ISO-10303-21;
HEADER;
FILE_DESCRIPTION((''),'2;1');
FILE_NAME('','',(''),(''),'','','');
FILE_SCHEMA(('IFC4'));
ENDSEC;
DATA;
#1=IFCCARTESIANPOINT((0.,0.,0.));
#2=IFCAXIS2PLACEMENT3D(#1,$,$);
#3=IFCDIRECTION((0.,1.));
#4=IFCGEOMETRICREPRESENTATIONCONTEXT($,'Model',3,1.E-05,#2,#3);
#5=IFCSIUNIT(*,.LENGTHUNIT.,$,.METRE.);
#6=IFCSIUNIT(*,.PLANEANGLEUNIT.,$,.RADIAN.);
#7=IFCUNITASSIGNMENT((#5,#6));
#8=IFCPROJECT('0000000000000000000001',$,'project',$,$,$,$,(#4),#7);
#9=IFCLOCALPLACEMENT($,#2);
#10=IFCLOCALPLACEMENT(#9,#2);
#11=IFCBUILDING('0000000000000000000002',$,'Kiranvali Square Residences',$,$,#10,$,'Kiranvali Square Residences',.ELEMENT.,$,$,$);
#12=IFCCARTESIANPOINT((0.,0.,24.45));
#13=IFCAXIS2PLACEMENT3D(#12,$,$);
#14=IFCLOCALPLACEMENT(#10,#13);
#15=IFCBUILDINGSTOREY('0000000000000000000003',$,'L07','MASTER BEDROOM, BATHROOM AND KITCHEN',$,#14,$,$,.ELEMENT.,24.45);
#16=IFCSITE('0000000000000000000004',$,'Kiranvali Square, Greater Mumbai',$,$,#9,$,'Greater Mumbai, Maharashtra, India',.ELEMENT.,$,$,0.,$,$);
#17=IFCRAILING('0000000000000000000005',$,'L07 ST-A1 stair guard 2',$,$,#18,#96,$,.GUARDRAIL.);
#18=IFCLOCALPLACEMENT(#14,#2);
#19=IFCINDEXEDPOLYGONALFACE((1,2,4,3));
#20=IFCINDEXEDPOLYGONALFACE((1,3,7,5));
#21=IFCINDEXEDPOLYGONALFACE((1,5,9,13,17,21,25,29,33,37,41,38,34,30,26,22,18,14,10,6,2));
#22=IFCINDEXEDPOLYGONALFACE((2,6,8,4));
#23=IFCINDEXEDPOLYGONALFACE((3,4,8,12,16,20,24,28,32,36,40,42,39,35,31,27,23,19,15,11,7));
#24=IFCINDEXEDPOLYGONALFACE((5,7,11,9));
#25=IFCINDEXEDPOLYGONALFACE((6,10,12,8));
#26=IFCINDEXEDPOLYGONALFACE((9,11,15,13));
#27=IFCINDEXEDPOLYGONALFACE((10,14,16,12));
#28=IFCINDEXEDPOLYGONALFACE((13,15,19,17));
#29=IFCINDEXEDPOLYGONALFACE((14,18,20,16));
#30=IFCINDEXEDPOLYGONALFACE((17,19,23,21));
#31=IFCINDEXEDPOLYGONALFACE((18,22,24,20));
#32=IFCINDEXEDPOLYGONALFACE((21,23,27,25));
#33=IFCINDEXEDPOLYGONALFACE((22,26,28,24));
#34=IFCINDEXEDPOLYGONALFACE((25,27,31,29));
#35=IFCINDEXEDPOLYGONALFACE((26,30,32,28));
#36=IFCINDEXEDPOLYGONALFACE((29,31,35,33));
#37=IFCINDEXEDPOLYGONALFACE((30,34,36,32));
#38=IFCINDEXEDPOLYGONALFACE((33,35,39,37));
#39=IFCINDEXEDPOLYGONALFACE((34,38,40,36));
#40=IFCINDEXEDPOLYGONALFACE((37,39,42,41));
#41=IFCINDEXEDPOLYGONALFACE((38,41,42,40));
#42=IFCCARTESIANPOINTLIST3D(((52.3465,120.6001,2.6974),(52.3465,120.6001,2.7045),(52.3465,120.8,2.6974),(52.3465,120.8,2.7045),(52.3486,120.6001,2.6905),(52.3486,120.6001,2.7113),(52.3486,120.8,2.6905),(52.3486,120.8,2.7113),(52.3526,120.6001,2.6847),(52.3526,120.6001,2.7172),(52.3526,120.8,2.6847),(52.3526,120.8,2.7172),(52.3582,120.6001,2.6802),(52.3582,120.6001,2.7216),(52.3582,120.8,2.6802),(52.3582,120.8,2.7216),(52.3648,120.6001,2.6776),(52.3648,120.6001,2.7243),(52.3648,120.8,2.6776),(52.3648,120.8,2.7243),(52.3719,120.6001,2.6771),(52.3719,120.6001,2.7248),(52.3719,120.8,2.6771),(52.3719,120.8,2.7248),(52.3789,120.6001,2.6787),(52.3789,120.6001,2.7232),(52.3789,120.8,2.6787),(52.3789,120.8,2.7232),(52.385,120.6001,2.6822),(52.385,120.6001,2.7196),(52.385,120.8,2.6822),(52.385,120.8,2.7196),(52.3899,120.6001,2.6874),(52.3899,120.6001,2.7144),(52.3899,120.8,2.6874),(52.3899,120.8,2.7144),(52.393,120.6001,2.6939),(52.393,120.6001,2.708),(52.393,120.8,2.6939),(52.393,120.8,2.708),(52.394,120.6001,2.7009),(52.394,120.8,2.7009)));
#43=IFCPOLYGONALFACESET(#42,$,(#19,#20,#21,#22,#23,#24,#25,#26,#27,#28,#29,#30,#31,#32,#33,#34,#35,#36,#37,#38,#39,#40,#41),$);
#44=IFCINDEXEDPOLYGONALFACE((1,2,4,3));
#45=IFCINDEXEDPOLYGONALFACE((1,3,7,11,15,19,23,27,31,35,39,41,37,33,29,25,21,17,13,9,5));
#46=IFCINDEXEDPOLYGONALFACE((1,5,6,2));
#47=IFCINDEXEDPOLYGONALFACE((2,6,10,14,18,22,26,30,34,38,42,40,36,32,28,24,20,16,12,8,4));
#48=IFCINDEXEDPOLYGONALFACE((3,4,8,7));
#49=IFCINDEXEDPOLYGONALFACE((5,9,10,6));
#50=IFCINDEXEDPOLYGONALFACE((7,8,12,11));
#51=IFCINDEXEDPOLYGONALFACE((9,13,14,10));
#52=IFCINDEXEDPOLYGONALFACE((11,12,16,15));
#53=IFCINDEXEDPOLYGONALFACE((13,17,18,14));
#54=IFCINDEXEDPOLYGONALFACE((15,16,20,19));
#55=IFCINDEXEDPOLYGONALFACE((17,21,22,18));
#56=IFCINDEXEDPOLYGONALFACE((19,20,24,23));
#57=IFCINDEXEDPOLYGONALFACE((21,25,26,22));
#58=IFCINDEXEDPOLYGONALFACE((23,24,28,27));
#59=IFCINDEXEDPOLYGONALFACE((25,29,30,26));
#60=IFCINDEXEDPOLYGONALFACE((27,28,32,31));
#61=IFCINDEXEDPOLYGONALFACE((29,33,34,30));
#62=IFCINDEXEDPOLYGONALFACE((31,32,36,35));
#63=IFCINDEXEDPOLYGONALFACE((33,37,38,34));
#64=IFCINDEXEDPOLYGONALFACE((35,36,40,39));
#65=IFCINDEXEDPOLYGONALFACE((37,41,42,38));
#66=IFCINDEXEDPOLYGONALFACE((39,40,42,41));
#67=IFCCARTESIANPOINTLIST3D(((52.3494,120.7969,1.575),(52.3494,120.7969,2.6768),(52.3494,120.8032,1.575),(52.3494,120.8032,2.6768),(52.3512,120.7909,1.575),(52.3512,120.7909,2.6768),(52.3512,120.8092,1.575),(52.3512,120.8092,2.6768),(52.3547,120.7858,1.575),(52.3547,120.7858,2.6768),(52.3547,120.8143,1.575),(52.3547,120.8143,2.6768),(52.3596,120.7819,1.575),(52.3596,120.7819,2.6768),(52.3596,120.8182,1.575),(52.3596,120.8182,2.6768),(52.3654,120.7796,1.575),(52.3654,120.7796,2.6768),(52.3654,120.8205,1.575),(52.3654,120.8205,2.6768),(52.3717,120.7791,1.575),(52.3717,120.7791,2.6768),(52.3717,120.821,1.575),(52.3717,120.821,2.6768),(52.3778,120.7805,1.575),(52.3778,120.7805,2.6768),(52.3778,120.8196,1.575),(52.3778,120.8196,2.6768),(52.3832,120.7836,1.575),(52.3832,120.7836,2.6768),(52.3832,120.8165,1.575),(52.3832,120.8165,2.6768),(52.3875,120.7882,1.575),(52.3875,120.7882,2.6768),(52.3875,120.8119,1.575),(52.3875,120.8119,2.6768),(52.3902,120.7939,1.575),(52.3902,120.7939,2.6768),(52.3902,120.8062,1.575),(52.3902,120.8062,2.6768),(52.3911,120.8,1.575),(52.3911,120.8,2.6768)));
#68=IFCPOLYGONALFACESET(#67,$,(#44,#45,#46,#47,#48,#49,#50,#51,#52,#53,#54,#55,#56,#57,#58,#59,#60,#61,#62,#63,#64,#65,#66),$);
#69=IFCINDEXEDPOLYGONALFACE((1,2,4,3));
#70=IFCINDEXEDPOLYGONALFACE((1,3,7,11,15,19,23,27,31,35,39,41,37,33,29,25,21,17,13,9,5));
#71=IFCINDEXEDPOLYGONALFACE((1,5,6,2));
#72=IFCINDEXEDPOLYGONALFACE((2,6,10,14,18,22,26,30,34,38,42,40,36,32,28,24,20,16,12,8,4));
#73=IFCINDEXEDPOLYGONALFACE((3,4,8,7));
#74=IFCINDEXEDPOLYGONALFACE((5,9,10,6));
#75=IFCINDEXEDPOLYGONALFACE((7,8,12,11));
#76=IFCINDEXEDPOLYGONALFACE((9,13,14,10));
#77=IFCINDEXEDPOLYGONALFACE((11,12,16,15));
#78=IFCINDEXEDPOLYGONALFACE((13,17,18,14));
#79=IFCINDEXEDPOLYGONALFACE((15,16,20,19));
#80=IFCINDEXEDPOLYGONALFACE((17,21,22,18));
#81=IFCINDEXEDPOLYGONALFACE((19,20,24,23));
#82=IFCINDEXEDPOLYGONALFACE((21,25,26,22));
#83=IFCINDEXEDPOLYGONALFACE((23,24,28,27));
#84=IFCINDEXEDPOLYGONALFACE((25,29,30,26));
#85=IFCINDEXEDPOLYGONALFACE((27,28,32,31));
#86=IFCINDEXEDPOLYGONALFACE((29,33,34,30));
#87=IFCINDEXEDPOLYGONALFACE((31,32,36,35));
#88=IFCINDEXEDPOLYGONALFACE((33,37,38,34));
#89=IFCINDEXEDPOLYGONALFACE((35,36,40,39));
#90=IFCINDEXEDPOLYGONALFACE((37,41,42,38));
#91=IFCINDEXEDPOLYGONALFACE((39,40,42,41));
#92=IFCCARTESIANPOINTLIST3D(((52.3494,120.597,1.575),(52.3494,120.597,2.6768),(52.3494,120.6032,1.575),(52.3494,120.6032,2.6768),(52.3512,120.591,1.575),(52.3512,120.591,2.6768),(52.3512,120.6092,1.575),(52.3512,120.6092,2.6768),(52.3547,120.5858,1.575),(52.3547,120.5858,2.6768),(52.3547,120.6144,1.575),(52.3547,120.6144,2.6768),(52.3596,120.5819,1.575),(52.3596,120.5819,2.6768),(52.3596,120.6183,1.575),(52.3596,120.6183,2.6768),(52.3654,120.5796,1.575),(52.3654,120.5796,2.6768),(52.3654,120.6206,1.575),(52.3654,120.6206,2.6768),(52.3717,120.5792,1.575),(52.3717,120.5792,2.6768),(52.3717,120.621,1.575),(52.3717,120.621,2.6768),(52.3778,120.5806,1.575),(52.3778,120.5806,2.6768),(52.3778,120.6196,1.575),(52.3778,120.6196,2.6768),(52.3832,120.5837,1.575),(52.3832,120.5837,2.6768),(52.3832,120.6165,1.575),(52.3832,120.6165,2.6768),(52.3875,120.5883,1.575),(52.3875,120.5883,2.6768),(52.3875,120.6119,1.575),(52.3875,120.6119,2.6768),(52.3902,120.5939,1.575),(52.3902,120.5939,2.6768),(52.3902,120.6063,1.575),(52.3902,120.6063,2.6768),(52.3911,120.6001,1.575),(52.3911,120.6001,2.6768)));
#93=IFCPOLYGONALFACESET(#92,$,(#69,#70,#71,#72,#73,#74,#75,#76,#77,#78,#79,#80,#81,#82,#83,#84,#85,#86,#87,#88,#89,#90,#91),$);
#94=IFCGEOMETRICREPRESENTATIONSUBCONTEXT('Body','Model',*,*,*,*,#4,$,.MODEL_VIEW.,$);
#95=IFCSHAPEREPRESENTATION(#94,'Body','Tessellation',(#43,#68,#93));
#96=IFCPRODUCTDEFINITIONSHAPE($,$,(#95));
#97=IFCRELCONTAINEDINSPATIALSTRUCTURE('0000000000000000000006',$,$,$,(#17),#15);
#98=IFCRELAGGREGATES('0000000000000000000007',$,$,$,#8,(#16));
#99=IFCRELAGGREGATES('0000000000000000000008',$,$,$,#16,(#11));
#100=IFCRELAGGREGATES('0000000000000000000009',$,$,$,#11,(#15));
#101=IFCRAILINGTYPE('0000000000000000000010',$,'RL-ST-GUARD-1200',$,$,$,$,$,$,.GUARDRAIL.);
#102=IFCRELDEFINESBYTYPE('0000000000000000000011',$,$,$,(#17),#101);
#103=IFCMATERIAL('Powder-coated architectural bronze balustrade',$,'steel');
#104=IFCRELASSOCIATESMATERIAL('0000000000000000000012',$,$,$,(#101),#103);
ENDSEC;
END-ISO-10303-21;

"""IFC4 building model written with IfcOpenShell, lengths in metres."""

from ifc_helpers import new_model, si_unit, direction, frame, origin, origin_2d, place, context, subcontext, project, spatial, circle, extrude, material, type_object, element, save


model = new_model("IFC4")

# Units and contexts
model_context = context("Model", 3, precision=1e-05, world=origin(), true_north=direction((0.0, 1.0)))
body_context = subcontext(model_context, "Body", "Model", "MODEL_VIEW")
ifc_project = project(units=[si_unit("LENGTHUNIT", "METRE"), si_unit("PLANEANGLEUNIT", "RADIAN")], contexts=[model_context])

# Site, building, storey
site_placement = place(None, origin())
site = spatial("IfcSite", under=ifc_project, at=site_placement, Name="Kiranvali Square, Greater Mumbai", LongName="Greater Mumbai, Maharashtra, India", CompositionType="ELEMENT", RefElevation=0.0)
building_placement = place(site_placement, origin())
building = spatial("IfcBuilding", under=site, at=building_placement, Name="Kiranvali Square Residences", LongName="Kiranvali Square Residences", CompositionType="ELEMENT")
storey_placement = place(building_placement, frame((0.0, 0.0, 24.45)))
storey = spatial("IfcBuildingStorey", under=building, at=storey_placement, Name="L07", Description="MASTER BEDROOM, BATHROOM AND KITCHEN", CompositionType="ELEMENT", Elevation=24.45)

# Railing
ifc_material_1 = material(Name="Powder-coated architectural bronze balustrade", Category="steel")
railing_type_1 = type_object("IfcRailingType", Name="RL-ST-GUARD-1200", PredefinedType="GUARDRAIL", material=ifc_material_1)
railing_1_placement = place(storey_placement, frame((52.3701, 120.8, 1.575)))
element("IfcRailing", 1, at=railing_1_placement, inside=storey, type_object=railing_type_1, Name="L07 ST-A1 stair guard 2", PredefinedType="GUARDRAIL", context=body_context, shape_type="SweptSolid", body=[
    extrude(circle(Radius=0.0239, at=origin_2d()), frame((0.0, 0.0, 1.126), z_axis=(0.0, -1.0, 0.0), x_axis=(1.0, 0.0, 0.0)), (0.0, 0.0, 1.0), 0.2),
    extrude(circle(Radius=0.021, at=origin_2d()), origin(), (0.0, 0.0, 1.0), 1.1018),
    extrude(circle(Radius=0.021, at=origin_2d()), frame((0.0, -0.2, 0.0)), (0.0, 0.0, 1.0), 1.1018),
])

save(model, "model.ifc")
